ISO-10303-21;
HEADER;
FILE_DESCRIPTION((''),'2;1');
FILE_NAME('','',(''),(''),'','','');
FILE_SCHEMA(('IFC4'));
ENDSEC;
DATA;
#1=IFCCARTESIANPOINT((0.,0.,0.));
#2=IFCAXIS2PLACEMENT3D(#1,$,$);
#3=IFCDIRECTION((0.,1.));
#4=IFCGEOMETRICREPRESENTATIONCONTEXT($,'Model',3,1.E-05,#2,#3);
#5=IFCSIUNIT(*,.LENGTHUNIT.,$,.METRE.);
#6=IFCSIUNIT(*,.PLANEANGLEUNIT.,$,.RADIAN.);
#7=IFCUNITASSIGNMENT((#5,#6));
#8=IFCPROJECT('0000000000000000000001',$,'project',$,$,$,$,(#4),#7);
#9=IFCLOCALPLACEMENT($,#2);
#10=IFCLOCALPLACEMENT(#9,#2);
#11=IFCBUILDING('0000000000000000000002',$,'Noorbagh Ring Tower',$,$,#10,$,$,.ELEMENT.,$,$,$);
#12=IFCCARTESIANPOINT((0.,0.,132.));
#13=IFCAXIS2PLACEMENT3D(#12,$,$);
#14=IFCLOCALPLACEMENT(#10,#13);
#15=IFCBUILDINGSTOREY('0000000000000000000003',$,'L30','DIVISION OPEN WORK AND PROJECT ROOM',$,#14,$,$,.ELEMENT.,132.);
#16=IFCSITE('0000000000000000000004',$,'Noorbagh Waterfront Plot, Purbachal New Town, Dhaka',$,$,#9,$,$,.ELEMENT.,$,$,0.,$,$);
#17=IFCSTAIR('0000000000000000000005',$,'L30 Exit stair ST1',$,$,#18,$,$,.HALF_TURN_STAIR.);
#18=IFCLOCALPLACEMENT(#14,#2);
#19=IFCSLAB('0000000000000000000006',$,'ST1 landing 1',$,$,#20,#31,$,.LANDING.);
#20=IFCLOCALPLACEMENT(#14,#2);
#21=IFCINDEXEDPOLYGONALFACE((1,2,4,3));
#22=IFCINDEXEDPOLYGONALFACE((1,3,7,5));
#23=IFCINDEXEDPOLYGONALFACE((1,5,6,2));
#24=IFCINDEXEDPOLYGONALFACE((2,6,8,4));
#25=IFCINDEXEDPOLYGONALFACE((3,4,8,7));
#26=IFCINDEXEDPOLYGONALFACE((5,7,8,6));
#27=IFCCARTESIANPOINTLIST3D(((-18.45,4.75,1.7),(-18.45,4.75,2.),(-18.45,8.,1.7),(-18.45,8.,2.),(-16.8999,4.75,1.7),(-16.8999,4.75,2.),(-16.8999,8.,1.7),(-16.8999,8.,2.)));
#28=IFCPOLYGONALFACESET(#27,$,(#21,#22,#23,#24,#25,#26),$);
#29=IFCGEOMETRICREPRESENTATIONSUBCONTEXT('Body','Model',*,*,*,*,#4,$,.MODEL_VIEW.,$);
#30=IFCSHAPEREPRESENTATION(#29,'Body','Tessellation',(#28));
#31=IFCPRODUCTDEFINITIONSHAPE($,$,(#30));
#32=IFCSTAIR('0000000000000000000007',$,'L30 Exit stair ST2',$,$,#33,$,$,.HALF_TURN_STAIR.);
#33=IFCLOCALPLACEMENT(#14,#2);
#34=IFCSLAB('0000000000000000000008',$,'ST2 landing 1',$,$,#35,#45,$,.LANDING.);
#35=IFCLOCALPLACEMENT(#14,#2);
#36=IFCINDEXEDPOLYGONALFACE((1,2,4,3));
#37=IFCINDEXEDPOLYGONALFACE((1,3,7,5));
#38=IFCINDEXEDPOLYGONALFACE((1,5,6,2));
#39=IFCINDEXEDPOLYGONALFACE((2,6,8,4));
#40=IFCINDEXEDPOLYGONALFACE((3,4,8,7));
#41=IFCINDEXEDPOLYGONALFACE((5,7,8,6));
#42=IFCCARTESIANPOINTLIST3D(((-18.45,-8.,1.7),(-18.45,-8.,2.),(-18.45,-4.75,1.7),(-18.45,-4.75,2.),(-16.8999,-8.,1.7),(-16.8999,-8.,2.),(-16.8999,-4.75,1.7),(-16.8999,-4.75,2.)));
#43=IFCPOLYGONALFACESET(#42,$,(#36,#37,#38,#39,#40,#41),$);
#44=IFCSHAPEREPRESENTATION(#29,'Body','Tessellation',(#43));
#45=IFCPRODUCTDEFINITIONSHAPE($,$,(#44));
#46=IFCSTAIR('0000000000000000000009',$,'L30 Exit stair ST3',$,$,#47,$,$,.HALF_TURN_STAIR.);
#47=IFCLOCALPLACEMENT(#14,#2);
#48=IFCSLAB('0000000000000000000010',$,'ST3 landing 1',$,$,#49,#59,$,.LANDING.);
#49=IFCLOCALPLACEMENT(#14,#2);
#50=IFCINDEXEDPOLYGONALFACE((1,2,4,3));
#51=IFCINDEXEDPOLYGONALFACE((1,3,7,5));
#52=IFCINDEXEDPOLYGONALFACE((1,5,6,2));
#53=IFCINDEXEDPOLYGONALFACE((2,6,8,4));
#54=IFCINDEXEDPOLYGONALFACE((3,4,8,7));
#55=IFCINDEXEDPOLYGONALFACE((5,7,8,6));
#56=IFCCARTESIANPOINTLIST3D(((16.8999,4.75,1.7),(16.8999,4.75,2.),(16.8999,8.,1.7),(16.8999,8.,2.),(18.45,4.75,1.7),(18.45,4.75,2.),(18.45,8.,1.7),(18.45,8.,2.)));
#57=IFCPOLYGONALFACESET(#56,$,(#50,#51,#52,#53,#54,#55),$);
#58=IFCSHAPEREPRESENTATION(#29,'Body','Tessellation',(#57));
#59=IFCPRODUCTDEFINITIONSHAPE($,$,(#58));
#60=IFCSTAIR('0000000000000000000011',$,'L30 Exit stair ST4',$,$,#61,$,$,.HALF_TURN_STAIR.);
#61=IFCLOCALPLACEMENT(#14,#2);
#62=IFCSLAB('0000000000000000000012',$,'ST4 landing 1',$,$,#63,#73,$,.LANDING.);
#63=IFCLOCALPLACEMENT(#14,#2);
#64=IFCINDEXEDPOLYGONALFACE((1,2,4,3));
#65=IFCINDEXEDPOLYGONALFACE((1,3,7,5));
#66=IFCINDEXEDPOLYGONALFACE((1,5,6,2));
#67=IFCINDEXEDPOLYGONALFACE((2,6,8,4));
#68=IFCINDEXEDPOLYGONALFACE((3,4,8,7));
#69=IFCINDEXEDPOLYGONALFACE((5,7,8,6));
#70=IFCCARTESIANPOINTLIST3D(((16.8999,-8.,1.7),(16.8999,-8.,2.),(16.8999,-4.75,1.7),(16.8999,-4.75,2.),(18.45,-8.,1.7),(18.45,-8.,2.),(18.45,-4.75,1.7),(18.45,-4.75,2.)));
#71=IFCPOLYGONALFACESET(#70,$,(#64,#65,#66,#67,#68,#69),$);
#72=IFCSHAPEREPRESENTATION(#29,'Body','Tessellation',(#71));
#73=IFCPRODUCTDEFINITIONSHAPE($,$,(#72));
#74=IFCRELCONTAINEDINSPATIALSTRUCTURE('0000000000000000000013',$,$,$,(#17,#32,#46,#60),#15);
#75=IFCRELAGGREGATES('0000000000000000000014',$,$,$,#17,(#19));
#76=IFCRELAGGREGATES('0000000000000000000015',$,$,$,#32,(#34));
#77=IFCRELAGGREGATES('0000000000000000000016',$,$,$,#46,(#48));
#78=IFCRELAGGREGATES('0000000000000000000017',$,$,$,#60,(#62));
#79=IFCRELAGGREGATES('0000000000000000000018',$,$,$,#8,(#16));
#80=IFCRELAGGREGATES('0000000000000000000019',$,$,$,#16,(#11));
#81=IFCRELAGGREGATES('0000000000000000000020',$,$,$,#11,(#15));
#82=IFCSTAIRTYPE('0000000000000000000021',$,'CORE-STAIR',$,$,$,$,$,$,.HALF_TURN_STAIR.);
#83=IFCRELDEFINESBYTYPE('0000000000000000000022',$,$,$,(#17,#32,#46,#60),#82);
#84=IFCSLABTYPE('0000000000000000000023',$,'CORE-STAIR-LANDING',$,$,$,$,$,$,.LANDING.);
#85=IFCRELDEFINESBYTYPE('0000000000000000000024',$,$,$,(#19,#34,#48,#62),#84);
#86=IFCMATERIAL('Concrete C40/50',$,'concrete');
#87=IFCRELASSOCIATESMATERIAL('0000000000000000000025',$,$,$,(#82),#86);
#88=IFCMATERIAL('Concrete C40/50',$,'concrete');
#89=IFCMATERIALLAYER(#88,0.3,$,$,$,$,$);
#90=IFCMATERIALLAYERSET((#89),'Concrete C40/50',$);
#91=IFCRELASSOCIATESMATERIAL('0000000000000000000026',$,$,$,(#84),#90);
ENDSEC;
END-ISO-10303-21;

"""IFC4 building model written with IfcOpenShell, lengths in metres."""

from ifc_helpers import new_model, si_unit, direction, frame, origin, place, context, subcontext, project, spatial, polyline, outline, extrude, material, layer, layer_set, type_object, element, aggregate, save


model = new_model("IFC4")

# Units and contexts
model_context = context("Model", 3, precision=1e-05, world=origin(), true_north=direction((0.0, 1.0)))
body_context = subcontext(model_context, "Body", "Model", "MODEL_VIEW")
ifc_project = project(units=[si_unit("LENGTHUNIT", "METRE"), si_unit("PLANEANGLEUNIT", "RADIAN")], contexts=[model_context])

# Site, building, storey
site_placement = place(None, origin())
site = spatial("IfcSite", under=ifc_project, at=site_placement, Name="Noorbagh Waterfront Plot, Purbachal New Town, Dhaka", CompositionType="ELEMENT", RefElevation=0.0)
building_placement = place(site_placement, origin())
building = spatial("IfcBuilding", under=site, at=building_placement, Name="Noorbagh Ring Tower", CompositionType="ELEMENT")
storey_placement = place(building_placement, frame((0.0, 0.0, 132.0)))
storey = spatial("IfcBuildingStorey", under=building, at=storey_placement, Name="L30", Description="DIVISION OPEN WORK AND PROJECT ROOM", CompositionType="ELEMENT", Elevation=132.0)

# Stairs, slabs
ifc_material_1 = material(Name="Concrete C40/50", Category="concrete")
stair_type = type_object("IfcStairType", Name="CORE-STAIR", PredefinedType="HALF_TURN_STAIR", material=ifc_material_1)
stair_1_placement = place(storey_placement, origin())
stair_1 = element("IfcStair", 1, at=stair_1_placement, inside=storey, type_object=stair_type, Name="L30 Exit stair ST1", PredefinedType="HALF_TURN_STAIR")
ifc_material_2 = material(Name="Concrete C40/50", Category="concrete")
ifc_layer_1 = layer(ifc_material_2, 0.3)
ifc_layer_set_1 = layer_set([ifc_layer_1], Name="Concrete C40/50")
slab_type_1 = type_object("IfcSlabType", Name="CORE-STAIR-LANDING", PredefinedType="LANDING", material=ifc_layer_set_1)
slab_1_placement = place(storey_placement, frame((0.0, 0.0, 1.7)))
slab_1 = element("IfcSlab", 2, at=slab_1_placement, type_object=slab_type_1, Name="ST1 landing 1", PredefinedType="LANDING", context=body_context, shape_type="SweptSolid", body=[
    extrude(outline(polyline([(-18.45, 4.75), (-16.8999, 4.75), (-16.8999, 8.0), (-18.45, 8.0), (-18.45, 4.75)])), origin(), (0.0, 0.0, 1.0), 0.3),
])
aggregate(stair_1, [slab_1])
stair_2_placement = place(storey_placement, origin())
stair_2 = element("IfcStair", 3, at=stair_2_placement, inside=storey, type_object=stair_type, Name="L30 Exit stair ST2", PredefinedType="HALF_TURN_STAIR")
slab_2_placement = place(storey_placement, frame((0.0, 0.0, 1.7)))
slab_2 = element("IfcSlab", 4, at=slab_2_placement, type_object=slab_type_1, Name="ST2 landing 1", PredefinedType="LANDING", context=body_context, shape_type="SweptSolid", body=[
    extrude(outline(polyline([(-18.45, -8.0), (-16.8999, -8.0), (-16.8999, -4.75), (-18.45, -4.75), (-18.45, -8.0)])), origin(), (0.0, 0.0, 1.0), 0.3),
])
aggregate(stair_2, [slab_2])
stair_3_placement = place(storey_placement, origin())
stair_3 = element("IfcStair", 5, at=stair_3_placement, inside=storey, type_object=stair_type, Name="L30 Exit stair ST3", PredefinedType="HALF_TURN_STAIR")
slab_3_placement = place(storey_placement, frame((0.0, 0.0, 1.7)))
slab_3 = element("IfcSlab", 6, at=slab_3_placement, type_object=slab_type_1, Name="ST3 landing 1", PredefinedType="LANDING", context=body_context, shape_type="SweptSolid", body=[
    extrude(outline(polyline([(18.45, 8.0), (16.8999, 8.0), (16.8999, 4.75), (18.45, 4.75), (18.45, 8.0)])), origin(), (0.0, 0.0, 1.0), 0.3),
])
aggregate(stair_3, [slab_3])
stair_4_placement = place(storey_placement, origin())
stair_4 = element("IfcStair", 7, at=stair_4_placement, inside=storey, type_object=stair_type, Name="L30 Exit stair ST4", PredefinedType="HALF_TURN_STAIR")
slab_4_placement = place(storey_placement, frame((0.0, 0.0, 1.7)))
slab_4 = element("IfcSlab", 8, at=slab_4_placement, type_object=slab_type_1, Name="ST4 landing 1", PredefinedType="LANDING", context=body_context, shape_type="SweptSolid", body=[
    extrude(outline(polyline([(18.45, -4.75), (16.8999, -4.75), (16.8999, -8.0), (18.45, -8.0), (18.45, -4.75)])), origin(), (0.0, 0.0, 1.0), 0.3),
])
aggregate(stair_4, [slab_4])

save(model, "model.ifc")
